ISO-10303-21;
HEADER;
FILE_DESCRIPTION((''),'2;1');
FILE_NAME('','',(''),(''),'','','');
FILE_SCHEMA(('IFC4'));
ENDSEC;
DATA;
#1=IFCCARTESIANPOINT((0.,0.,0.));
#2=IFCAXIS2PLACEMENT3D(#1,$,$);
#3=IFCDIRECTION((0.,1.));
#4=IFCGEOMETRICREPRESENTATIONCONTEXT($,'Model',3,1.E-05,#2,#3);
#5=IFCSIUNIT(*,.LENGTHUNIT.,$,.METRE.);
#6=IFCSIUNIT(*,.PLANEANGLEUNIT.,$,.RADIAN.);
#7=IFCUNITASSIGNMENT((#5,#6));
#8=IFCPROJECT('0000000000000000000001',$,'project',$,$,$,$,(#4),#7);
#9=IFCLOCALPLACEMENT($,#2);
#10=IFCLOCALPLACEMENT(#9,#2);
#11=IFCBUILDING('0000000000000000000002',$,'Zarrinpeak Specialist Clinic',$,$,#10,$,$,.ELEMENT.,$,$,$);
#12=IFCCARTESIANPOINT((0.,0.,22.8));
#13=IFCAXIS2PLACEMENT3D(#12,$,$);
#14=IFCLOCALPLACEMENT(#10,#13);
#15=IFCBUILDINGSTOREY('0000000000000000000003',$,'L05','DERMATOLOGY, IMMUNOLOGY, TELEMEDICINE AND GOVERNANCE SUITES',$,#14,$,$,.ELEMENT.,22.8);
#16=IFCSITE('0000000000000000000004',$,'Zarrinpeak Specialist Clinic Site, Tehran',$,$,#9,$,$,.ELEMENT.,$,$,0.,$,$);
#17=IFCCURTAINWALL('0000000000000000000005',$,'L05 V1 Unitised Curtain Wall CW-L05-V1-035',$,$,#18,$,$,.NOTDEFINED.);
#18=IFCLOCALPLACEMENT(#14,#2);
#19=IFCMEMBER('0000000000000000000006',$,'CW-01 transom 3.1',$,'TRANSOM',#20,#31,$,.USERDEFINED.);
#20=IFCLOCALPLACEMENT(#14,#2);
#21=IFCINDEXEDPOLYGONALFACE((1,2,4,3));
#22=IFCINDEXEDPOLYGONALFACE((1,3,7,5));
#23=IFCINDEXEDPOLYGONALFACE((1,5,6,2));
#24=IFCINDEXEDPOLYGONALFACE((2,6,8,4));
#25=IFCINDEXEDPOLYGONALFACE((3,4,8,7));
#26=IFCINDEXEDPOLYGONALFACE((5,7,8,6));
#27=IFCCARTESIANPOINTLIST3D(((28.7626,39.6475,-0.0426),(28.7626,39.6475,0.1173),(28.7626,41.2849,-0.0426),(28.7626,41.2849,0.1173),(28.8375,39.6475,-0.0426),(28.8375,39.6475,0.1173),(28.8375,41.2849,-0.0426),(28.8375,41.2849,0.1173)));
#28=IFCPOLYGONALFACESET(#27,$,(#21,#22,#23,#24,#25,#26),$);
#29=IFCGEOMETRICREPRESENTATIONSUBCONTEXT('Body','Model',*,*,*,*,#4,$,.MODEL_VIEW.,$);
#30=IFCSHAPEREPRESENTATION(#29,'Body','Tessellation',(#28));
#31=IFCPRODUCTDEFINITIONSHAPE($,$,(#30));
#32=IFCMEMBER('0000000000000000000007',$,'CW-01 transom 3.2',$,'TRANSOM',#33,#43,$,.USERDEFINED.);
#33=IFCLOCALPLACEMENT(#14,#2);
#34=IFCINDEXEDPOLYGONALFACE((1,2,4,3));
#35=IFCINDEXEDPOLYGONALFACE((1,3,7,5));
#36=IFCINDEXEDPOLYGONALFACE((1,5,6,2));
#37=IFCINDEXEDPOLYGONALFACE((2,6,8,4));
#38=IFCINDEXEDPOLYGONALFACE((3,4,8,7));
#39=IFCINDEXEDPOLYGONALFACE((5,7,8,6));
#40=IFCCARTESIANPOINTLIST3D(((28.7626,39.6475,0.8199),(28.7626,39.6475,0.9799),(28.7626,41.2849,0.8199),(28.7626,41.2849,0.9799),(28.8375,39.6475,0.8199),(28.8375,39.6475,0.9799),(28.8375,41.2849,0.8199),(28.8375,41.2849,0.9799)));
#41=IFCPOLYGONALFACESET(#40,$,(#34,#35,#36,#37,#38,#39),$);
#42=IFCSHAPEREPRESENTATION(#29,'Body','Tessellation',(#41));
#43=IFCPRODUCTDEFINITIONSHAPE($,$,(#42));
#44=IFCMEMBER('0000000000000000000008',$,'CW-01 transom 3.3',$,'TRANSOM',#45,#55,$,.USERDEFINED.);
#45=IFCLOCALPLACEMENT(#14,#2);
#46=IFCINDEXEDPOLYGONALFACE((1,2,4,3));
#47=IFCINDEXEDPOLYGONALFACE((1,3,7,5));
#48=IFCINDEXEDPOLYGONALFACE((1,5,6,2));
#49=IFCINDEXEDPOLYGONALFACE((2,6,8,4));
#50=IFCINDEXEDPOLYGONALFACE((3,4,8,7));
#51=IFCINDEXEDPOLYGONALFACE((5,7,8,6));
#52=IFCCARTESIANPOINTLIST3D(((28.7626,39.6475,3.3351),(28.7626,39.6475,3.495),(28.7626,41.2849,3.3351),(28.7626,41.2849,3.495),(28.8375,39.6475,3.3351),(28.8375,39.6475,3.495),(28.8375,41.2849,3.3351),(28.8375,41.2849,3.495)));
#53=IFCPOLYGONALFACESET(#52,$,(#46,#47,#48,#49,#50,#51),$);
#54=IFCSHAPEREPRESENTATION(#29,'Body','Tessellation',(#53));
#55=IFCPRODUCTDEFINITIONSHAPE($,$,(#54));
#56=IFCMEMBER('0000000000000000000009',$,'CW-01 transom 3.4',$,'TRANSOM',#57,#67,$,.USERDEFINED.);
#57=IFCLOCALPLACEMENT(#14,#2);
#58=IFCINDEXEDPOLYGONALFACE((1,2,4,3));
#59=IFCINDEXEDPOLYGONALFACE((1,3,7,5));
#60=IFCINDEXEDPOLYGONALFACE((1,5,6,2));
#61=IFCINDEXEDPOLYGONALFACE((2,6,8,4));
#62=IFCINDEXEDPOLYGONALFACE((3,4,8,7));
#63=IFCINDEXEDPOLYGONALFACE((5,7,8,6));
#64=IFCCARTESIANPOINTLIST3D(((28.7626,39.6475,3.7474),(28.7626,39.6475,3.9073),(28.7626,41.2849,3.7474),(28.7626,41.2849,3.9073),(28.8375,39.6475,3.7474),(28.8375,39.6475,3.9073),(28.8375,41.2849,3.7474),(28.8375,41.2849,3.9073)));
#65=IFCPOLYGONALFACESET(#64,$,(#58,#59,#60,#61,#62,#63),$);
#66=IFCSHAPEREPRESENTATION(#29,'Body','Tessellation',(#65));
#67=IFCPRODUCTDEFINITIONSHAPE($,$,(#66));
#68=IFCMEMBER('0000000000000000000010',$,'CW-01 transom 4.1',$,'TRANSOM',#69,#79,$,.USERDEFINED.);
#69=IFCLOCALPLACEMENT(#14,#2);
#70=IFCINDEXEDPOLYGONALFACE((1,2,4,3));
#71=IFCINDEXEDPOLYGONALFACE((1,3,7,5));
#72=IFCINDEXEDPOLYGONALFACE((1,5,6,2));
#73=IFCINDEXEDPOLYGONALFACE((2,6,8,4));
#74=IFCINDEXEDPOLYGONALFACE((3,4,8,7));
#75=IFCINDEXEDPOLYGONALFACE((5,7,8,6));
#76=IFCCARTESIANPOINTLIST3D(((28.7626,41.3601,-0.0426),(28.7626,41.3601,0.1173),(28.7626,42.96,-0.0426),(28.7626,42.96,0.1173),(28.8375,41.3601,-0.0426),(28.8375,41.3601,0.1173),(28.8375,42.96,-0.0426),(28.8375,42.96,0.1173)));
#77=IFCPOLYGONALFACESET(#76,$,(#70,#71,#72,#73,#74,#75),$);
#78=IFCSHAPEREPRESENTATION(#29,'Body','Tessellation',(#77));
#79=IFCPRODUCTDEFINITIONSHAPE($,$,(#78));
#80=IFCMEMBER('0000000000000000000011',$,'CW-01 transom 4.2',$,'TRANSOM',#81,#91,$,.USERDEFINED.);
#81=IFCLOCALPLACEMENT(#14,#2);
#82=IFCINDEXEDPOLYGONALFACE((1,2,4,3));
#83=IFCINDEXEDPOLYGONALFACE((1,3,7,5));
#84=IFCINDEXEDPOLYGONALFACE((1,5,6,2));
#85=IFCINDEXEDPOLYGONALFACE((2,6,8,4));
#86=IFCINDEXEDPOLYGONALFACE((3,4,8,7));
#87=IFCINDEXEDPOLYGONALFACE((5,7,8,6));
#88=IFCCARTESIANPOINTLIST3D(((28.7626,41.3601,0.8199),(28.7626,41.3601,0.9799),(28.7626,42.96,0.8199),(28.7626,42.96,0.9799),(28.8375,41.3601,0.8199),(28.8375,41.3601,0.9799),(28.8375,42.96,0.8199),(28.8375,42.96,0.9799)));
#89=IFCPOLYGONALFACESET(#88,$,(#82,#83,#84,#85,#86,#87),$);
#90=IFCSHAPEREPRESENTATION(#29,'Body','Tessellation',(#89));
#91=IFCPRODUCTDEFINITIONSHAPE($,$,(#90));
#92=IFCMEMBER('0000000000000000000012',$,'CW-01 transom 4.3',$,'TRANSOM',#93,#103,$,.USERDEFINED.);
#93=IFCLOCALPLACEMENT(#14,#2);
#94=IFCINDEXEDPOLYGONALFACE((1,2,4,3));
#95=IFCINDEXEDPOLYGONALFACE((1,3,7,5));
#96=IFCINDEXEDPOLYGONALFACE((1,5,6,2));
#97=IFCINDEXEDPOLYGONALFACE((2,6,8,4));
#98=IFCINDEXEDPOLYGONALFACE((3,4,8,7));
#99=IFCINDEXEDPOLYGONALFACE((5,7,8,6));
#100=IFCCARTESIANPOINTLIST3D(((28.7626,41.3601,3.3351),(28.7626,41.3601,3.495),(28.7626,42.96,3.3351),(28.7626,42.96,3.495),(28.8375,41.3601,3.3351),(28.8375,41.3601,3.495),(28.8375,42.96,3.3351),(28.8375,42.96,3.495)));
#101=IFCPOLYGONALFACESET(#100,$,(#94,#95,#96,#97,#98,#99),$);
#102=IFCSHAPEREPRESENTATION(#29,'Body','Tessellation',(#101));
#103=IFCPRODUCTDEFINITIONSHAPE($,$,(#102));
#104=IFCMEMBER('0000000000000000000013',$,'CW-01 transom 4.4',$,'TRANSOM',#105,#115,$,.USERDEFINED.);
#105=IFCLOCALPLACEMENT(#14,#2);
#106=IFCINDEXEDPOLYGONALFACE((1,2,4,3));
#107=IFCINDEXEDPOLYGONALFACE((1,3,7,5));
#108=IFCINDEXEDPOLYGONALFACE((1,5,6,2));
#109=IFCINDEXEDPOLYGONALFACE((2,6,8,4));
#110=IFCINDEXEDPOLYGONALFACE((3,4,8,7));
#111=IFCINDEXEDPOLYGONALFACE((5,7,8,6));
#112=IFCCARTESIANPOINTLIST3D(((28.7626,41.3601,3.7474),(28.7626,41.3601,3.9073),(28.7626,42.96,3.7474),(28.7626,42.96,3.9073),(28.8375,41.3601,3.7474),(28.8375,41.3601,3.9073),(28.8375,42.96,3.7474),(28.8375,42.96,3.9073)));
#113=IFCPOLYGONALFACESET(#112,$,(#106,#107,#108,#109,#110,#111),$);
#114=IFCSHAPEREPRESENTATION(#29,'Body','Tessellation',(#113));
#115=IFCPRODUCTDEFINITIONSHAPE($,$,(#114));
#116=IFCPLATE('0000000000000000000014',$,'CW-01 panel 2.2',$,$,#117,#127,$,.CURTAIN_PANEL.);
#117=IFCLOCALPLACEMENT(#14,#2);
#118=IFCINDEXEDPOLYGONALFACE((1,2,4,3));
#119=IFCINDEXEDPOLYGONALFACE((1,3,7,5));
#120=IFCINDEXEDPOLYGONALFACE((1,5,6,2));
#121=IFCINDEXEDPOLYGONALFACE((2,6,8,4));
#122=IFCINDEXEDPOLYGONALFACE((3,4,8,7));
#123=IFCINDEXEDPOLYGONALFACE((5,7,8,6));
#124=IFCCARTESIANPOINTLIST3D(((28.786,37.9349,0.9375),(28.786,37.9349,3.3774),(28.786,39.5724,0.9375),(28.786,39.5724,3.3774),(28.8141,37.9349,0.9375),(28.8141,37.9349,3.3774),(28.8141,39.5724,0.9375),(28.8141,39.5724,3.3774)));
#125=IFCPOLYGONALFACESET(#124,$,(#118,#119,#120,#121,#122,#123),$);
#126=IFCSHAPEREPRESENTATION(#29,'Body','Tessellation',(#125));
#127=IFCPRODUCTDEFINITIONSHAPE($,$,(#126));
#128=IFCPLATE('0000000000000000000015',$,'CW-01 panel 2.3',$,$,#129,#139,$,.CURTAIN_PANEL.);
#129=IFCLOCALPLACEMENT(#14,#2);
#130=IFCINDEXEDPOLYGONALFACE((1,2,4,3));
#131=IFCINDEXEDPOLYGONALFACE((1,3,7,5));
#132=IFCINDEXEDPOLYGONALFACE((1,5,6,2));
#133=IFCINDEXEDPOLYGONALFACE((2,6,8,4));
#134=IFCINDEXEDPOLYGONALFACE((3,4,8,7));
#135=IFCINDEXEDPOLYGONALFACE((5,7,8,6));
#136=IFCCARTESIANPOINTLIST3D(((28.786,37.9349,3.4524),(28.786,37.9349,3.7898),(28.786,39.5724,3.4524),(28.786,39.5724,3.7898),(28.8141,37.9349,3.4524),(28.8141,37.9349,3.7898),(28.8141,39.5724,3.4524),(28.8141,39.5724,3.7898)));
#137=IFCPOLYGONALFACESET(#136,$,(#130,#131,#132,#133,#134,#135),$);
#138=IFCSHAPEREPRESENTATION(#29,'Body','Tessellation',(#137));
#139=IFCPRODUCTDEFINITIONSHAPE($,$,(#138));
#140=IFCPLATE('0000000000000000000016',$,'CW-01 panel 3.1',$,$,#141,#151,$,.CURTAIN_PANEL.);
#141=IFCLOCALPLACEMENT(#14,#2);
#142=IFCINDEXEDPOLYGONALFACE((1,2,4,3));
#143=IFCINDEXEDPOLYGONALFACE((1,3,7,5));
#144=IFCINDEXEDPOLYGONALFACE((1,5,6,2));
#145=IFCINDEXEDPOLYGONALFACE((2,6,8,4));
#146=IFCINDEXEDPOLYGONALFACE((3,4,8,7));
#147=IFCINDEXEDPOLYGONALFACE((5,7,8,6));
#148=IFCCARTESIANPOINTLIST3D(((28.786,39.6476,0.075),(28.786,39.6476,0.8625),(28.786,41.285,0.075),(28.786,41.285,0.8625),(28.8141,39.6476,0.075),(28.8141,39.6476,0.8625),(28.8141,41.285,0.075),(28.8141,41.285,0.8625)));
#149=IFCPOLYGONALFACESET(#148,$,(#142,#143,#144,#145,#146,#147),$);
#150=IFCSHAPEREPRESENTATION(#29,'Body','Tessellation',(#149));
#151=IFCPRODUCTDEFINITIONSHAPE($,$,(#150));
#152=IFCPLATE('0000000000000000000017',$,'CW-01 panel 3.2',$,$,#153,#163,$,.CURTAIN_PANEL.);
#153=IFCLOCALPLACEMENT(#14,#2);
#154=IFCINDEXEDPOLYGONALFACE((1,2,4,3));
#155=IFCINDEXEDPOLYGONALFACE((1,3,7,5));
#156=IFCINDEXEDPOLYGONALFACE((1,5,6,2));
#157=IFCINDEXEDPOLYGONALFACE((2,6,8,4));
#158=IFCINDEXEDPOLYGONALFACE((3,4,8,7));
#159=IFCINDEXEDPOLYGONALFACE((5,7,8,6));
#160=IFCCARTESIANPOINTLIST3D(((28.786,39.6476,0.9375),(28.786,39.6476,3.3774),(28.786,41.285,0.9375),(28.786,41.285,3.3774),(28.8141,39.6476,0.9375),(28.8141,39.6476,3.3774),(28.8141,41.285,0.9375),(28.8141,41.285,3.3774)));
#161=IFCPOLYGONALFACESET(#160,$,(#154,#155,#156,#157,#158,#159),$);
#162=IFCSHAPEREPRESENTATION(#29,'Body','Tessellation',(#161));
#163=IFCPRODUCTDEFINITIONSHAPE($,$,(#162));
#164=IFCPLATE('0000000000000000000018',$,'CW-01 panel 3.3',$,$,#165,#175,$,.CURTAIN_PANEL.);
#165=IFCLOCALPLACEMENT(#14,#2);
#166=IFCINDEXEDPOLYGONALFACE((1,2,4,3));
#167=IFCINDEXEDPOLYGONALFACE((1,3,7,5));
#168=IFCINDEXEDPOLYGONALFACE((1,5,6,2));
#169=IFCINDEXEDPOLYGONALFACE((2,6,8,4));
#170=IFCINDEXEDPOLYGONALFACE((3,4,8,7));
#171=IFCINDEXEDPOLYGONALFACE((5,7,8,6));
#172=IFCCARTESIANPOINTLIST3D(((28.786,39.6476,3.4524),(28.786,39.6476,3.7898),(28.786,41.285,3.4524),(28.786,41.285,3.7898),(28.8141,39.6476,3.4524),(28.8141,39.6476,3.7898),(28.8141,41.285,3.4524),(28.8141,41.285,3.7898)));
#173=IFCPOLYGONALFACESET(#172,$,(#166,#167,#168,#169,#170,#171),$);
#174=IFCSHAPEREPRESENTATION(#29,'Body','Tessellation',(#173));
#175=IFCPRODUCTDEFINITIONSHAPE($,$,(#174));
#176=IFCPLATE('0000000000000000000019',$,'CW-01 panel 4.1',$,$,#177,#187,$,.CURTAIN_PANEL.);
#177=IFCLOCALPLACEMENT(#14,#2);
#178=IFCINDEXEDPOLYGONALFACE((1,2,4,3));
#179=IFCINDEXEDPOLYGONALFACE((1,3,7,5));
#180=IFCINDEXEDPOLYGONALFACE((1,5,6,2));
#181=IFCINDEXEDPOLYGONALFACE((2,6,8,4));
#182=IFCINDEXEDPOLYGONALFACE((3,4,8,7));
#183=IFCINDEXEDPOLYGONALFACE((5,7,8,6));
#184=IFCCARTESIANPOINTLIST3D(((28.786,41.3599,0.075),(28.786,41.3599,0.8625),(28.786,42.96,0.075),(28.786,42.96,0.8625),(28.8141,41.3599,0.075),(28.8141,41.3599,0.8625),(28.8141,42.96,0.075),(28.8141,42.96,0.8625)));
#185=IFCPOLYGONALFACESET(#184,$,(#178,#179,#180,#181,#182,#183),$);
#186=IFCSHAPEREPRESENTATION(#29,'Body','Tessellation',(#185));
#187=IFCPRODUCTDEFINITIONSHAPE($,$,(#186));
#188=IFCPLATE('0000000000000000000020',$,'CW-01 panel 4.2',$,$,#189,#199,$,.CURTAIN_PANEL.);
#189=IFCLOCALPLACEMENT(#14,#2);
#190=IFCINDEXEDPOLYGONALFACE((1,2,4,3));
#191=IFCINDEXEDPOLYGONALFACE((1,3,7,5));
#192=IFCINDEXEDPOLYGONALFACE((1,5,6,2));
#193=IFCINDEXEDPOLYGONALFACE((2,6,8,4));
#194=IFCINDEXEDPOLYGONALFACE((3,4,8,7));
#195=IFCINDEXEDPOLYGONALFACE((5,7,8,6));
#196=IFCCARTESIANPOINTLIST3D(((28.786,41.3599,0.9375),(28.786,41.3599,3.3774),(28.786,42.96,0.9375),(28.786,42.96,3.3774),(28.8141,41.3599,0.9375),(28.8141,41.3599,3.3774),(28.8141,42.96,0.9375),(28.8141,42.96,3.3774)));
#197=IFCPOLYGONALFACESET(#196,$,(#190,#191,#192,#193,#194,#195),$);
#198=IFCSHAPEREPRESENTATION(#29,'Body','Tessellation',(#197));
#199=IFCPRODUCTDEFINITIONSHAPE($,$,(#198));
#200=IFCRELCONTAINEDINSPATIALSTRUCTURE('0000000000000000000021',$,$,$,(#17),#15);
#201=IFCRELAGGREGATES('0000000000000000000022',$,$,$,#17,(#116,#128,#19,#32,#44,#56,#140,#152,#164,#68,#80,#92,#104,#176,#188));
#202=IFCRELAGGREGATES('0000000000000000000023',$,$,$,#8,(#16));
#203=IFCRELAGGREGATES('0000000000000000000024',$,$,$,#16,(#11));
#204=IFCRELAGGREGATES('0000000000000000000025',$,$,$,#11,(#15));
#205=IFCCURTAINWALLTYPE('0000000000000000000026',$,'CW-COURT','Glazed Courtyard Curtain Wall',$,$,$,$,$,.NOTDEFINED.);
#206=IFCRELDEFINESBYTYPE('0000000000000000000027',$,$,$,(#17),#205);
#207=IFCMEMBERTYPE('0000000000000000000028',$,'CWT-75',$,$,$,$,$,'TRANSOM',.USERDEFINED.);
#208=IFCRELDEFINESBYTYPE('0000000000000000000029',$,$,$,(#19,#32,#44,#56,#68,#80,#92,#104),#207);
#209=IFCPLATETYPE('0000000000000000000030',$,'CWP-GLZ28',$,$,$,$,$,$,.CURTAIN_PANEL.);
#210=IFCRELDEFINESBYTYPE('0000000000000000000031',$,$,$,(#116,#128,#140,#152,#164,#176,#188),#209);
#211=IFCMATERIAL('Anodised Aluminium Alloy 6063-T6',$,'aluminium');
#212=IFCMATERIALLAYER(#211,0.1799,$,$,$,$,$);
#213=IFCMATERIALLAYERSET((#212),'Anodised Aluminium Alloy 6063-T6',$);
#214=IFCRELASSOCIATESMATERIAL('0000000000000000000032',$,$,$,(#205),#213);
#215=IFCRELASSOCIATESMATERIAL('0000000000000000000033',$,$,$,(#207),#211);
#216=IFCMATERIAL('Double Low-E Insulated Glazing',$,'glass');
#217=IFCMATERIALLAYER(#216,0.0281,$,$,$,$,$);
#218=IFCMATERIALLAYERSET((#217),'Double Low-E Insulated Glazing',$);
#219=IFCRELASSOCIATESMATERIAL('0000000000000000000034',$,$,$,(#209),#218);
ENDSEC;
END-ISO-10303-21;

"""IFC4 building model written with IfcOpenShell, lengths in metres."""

from ifc_helpers import new_model, si_unit, direction, frame, origin, origin_2d, place, context, subcontext, project, spatial, rectangle, extrude, material, layer, layer_set, material_profile, profile_set, type_object, element, aggregate, save


model = new_model("IFC4")

# Units and contexts
model_context = context("Model", 3, precision=1e-05, world=origin(), true_north=direction((0.0, 1.0)))
body_context = subcontext(model_context, "Body", "Model", "MODEL_VIEW")
ifc_project = project(units=[si_unit("LENGTHUNIT", "METRE"), si_unit("PLANEANGLEUNIT", "RADIAN")], contexts=[model_context])

# Site, building, storey
site_placement = place(None, origin())
site = spatial("IfcSite", under=ifc_project, at=site_placement, Name="Zarrinpeak Specialist Clinic Site, Tehran", CompositionType="ELEMENT", RefElevation=0.0)
building_placement = place(site_placement, origin())
building = spatial("IfcBuilding", under=site, at=building_placement, Name="Zarrinpeak Specialist Clinic", CompositionType="ELEMENT")
storey_placement = place(building_placement, frame((0.0, 0.0, 22.8)))
storey = spatial("IfcBuildingStorey", under=building, at=storey_placement, Name="L05", Description="DERMATOLOGY, IMMUNOLOGY, TELEMEDICINE AND GOVERNANCE SUITES", CompositionType="ELEMENT", Elevation=22.8)

# Curtain wall, members, plates
ifc_material_1 = material(Name="Anodised Aluminium Alloy 6063-T6", Category="aluminium")
ifc_layer_1 = layer(ifc_material_1, 0.1799)
ifc_layer_set_1 = layer_set([ifc_layer_1], Name="Anodised Aluminium Alloy 6063-T6")
curtain_wall_type = type_object("IfcCurtainWallType", Name="CW-COURT", Description="Glazed Courtyard Curtain Wall", PredefinedType="NOTDEFINED", material=ifc_layer_set_1)
curtain_wall_placement = place(storey_placement, origin())
curtain_wall = element("IfcCurtainWall", 1, at=curtain_wall_placement, inside=storey, type_object=curtain_wall_type, Name="L05 V1 Unitised Curtain Wall CW-L05-V1-035", PredefinedType="NOTDEFINED")
ifc_material_profile_1 = material_profile(ifc_material_1, rectangle(XDim=0.075, YDim=0.1599, at=origin_2d()), Name="ALU 75x160")
ifc_profile_set_1 = profile_set([ifc_material_profile_1], Name="Anodised Aluminium Alloy 6063-T6")
member_type_1 = type_object("IfcMemberType", Name="CWT-75", ElementType="TRANSOM", PredefinedType="USERDEFINED", material=ifc_profile_set_1)
member_1_placement = place(storey_placement, frame((28.8, 39.6475, 0.0374), z_axis=(0.0, 1.0, 0.0), x_axis=(-1.0, 0.0, 0.0)))
member_1 = element("IfcMember", 2, at=member_1_placement, type_object=member_type_1, Name="CW-01 transom 3.1", ObjectType="TRANSOM", PredefinedType="USERDEFINED", context=body_context, shape_type="SweptSolid", body=[
    extrude(rectangle(XDim=0.075, YDim=0.1599, at=origin_2d()), origin(), (0.0, 0.0, 1.0), 1.6375),
])
member_2_placement = place(storey_placement, frame((28.8, 39.6475, 0.8999), z_axis=(0.0, 1.0, 0.0), x_axis=(-1.0, 0.0, 0.0)))
member_2 = element("IfcMember", 3, at=member_2_placement, type_object=member_type_1, Name="CW-01 transom 3.2", ObjectType="TRANSOM", PredefinedType="USERDEFINED", context=body_context, shape_type="SweptSolid", body=[
    extrude(rectangle(XDim=0.075, YDim=0.1599, at=origin_2d()), origin(), (0.0, 0.0, 1.0), 1.6375),
])
member_3_placement = place(storey_placement, frame((28.8, 39.6475, 3.415), z_axis=(0.0, 1.0, 0.0), x_axis=(-1.0, 0.0, 0.0)))
member_3 = element("IfcMember", 4, at=member_3_placement, type_object=member_type_1, Name="CW-01 transom 3.3", ObjectType="TRANSOM", PredefinedType="USERDEFINED", context=body_context, shape_type="SweptSolid", body=[
    extrude(rectangle(XDim=0.075, YDim=0.1599, at=origin_2d()), origin(), (0.0, 0.0, 1.0), 1.6375),
])
member_4_placement = place(storey_placement, frame((28.8, 39.6475, 3.8274), z_axis=(0.0, 1.0, 0.0), x_axis=(-1.0, 0.0, 0.0)))
member_4 = element("IfcMember", 5, at=member_4_placement, type_object=member_type_1, Name="CW-01 transom 3.4", ObjectType="TRANSOM", PredefinedType="USERDEFINED", context=body_context, shape_type="SweptSolid", body=[
    extrude(rectangle(XDim=0.075, YDim=0.1599, at=origin_2d()), origin(), (0.0, 0.0, 1.0), 1.6375),
])
member_5_placement = place(storey_placement, frame((28.8, 41.3601, 0.0374), z_axis=(0.0, 1.0, 0.0), x_axis=(-1.0, 0.0, 0.0)))
member_5 = element("IfcMember", 6, at=member_5_placement, type_object=member_type_1, Name="CW-01 transom 4.1", ObjectType="TRANSOM", PredefinedType="USERDEFINED", context=body_context, shape_type="SweptSolid", body=[
    extrude(rectangle(XDim=0.075, YDim=0.1599, at=origin_2d()), origin(), (0.0, 0.0, 1.0), 1.5999),
])
member_6_placement = place(storey_placement, frame((28.8, 41.3601, 0.8999), z_axis=(0.0, 1.0, 0.0), x_axis=(-1.0, 0.0, 0.0)))
member_6 = element("IfcMember", 7, at=member_6_placement, type_object=member_type_1, Name="CW-01 transom 4.2", ObjectType="TRANSOM", PredefinedType="USERDEFINED", context=body_context, shape_type="SweptSolid", body=[
    extrude(rectangle(XDim=0.075, YDim=0.1599, at=origin_2d()), origin(), (0.0, 0.0, 1.0), 1.5999),
])
member_7_placement = place(storey_placement, frame((28.8, 41.3601, 3.415), z_axis=(0.0, 1.0, 0.0), x_axis=(-1.0, 0.0, 0.0)))
member_7 = element("IfcMember", 8, at=member_7_placement, type_object=member_type_1, Name="CW-01 transom 4.3", ObjectType="TRANSOM", PredefinedType="USERDEFINED", context=body_context, shape_type="SweptSolid", body=[
    extrude(rectangle(XDim=0.075, YDim=0.1599, at=origin_2d()), origin(), (0.0, 0.0, 1.0), 1.5999),
])
member_8_placement = place(storey_placement, frame((28.8, 41.3601, 3.8274), z_axis=(0.0, 1.0, 0.0), x_axis=(-1.0, 0.0, 0.0)))
member_8 = element("IfcMember", 9, at=member_8_placement, type_object=member_type_1, Name="CW-01 transom 4.4", ObjectType="TRANSOM", PredefinedType="USERDEFINED", context=body_context, shape_type="SweptSolid", body=[
    extrude(rectangle(XDim=0.075, YDim=0.1599, at=origin_2d()), origin(), (0.0, 0.0, 1.0), 1.5999),
])
ifc_material_2 = material(Name="Double Low-E Insulated Glazing", Category="glass")
ifc_layer_2 = layer(ifc_material_2, 0.0281)
ifc_layer_set_2 = layer_set([ifc_layer_2], Name="Double Low-E Insulated Glazing")
plate_type = type_object("IfcPlateType", Name="CWP-GLZ28", PredefinedType="CURTAIN_PANEL", material=ifc_layer_set_2)
plate_1_placement = place(storey_placement, frame((28.8, 38.7537, 0.9375), z_axis=(0.0, 0.0, 1.0), x_axis=(0.0, 1.0, 0.0)))
plate_1 = element("IfcPlate", 10, at=plate_1_placement, type_object=plate_type, Name="CW-01 panel 2.2", PredefinedType="CURTAIN_PANEL", context=body_context, shape_type="SweptSolid", body=[
    extrude(rectangle(XDim=1.6375, YDim=0.0281, at=origin_2d()), origin(), (0.0, 0.0, 1.0), 2.4399),
])
plate_2_placement = place(storey_placement, frame((28.8, 38.7537, 3.4524), z_axis=(0.0, 0.0, 1.0), x_axis=(0.0, 1.0, 0.0)))
plate_2 = element("IfcPlate", 11, at=plate_2_placement, type_object=plate_type, Name="CW-01 panel 2.3", PredefinedType="CURTAIN_PANEL", context=body_context, shape_type="SweptSolid", body=[
    extrude(rectangle(XDim=1.6375, YDim=0.0281, at=origin_2d()), origin(), (0.0, 0.0, 1.0), 0.3374),
])
plate_3_placement = place(storey_placement, frame((28.8, 40.4663, 0.075), z_axis=(0.0, 0.0, 1.0), x_axis=(0.0, 1.0, 0.0)))
plate_3 = element("IfcPlate", 12, at=plate_3_placement, type_object=plate_type, Name="CW-01 panel 3.1", PredefinedType="CURTAIN_PANEL", context=body_context, shape_type="SweptSolid", body=[
    extrude(rectangle(XDim=1.6375, YDim=0.0281, at=origin_2d()), origin(), (0.0, 0.0, 1.0), 0.7876),
])
plate_4_placement = place(storey_placement, frame((28.8, 40.4663, 0.9375), z_axis=(0.0, 0.0, 1.0), x_axis=(0.0, 1.0, 0.0)))
plate_4 = element("IfcPlate", 13, at=plate_4_placement, type_object=plate_type, Name="CW-01 panel 3.2", PredefinedType="CURTAIN_PANEL", context=body_context, shape_type="SweptSolid", body=[
    extrude(rectangle(XDim=1.6375, YDim=0.0281, at=origin_2d()), origin(), (0.0, 0.0, 1.0), 2.4399),
])
plate_5_placement = place(storey_placement, frame((28.8, 40.4663, 3.4524), z_axis=(0.0, 0.0, 1.0), x_axis=(0.0, 1.0, 0.0)))
plate_5 = element("IfcPlate", 14, at=plate_5_placement, type_object=plate_type, Name="CW-01 panel 3.3", PredefinedType="CURTAIN_PANEL", context=body_context, shape_type="SweptSolid", body=[
    extrude(rectangle(XDim=1.6375, YDim=0.0281, at=origin_2d()), origin(), (0.0, 0.0, 1.0), 0.3374),
])
plate_6_placement = place(storey_placement, frame((28.8, 42.1599, 0.075), z_axis=(0.0, 0.0, 1.0), x_axis=(0.0, 1.0, 0.0)))
plate_6 = element("IfcPlate", 15, at=plate_6_placement, type_object=plate_type, Name="CW-01 panel 4.1", PredefinedType="CURTAIN_PANEL", context=body_context, shape_type="SweptSolid", body=[
    extrude(rectangle(XDim=1.6001, YDim=0.0281, at=origin_2d()), origin(), (0.0, 0.0, 1.0), 0.7876),
])
plate_7_placement = place(storey_placement, frame((28.8, 42.1599, 0.9375), z_axis=(0.0, 0.0, 1.0), x_axis=(0.0, 1.0, 0.0)))
plate_7 = element("IfcPlate", 16, at=plate_7_placement, type_object=plate_type, Name="CW-01 panel 4.2", PredefinedType="CURTAIN_PANEL", context=body_context, shape_type="SweptSolid", body=[
    extrude(rectangle(XDim=1.6001, YDim=0.0281, at=origin_2d()), origin(), (0.0, 0.0, 1.0), 2.4399),
])
aggregate(curtain_wall, [plate_1, plate_2, member_1, member_2, member_3, member_4, plate_3, plate_4, plate_5, member_5, member_6, member_7, member_8, plate_6, plate_7])

save(model, "model.ifc")
